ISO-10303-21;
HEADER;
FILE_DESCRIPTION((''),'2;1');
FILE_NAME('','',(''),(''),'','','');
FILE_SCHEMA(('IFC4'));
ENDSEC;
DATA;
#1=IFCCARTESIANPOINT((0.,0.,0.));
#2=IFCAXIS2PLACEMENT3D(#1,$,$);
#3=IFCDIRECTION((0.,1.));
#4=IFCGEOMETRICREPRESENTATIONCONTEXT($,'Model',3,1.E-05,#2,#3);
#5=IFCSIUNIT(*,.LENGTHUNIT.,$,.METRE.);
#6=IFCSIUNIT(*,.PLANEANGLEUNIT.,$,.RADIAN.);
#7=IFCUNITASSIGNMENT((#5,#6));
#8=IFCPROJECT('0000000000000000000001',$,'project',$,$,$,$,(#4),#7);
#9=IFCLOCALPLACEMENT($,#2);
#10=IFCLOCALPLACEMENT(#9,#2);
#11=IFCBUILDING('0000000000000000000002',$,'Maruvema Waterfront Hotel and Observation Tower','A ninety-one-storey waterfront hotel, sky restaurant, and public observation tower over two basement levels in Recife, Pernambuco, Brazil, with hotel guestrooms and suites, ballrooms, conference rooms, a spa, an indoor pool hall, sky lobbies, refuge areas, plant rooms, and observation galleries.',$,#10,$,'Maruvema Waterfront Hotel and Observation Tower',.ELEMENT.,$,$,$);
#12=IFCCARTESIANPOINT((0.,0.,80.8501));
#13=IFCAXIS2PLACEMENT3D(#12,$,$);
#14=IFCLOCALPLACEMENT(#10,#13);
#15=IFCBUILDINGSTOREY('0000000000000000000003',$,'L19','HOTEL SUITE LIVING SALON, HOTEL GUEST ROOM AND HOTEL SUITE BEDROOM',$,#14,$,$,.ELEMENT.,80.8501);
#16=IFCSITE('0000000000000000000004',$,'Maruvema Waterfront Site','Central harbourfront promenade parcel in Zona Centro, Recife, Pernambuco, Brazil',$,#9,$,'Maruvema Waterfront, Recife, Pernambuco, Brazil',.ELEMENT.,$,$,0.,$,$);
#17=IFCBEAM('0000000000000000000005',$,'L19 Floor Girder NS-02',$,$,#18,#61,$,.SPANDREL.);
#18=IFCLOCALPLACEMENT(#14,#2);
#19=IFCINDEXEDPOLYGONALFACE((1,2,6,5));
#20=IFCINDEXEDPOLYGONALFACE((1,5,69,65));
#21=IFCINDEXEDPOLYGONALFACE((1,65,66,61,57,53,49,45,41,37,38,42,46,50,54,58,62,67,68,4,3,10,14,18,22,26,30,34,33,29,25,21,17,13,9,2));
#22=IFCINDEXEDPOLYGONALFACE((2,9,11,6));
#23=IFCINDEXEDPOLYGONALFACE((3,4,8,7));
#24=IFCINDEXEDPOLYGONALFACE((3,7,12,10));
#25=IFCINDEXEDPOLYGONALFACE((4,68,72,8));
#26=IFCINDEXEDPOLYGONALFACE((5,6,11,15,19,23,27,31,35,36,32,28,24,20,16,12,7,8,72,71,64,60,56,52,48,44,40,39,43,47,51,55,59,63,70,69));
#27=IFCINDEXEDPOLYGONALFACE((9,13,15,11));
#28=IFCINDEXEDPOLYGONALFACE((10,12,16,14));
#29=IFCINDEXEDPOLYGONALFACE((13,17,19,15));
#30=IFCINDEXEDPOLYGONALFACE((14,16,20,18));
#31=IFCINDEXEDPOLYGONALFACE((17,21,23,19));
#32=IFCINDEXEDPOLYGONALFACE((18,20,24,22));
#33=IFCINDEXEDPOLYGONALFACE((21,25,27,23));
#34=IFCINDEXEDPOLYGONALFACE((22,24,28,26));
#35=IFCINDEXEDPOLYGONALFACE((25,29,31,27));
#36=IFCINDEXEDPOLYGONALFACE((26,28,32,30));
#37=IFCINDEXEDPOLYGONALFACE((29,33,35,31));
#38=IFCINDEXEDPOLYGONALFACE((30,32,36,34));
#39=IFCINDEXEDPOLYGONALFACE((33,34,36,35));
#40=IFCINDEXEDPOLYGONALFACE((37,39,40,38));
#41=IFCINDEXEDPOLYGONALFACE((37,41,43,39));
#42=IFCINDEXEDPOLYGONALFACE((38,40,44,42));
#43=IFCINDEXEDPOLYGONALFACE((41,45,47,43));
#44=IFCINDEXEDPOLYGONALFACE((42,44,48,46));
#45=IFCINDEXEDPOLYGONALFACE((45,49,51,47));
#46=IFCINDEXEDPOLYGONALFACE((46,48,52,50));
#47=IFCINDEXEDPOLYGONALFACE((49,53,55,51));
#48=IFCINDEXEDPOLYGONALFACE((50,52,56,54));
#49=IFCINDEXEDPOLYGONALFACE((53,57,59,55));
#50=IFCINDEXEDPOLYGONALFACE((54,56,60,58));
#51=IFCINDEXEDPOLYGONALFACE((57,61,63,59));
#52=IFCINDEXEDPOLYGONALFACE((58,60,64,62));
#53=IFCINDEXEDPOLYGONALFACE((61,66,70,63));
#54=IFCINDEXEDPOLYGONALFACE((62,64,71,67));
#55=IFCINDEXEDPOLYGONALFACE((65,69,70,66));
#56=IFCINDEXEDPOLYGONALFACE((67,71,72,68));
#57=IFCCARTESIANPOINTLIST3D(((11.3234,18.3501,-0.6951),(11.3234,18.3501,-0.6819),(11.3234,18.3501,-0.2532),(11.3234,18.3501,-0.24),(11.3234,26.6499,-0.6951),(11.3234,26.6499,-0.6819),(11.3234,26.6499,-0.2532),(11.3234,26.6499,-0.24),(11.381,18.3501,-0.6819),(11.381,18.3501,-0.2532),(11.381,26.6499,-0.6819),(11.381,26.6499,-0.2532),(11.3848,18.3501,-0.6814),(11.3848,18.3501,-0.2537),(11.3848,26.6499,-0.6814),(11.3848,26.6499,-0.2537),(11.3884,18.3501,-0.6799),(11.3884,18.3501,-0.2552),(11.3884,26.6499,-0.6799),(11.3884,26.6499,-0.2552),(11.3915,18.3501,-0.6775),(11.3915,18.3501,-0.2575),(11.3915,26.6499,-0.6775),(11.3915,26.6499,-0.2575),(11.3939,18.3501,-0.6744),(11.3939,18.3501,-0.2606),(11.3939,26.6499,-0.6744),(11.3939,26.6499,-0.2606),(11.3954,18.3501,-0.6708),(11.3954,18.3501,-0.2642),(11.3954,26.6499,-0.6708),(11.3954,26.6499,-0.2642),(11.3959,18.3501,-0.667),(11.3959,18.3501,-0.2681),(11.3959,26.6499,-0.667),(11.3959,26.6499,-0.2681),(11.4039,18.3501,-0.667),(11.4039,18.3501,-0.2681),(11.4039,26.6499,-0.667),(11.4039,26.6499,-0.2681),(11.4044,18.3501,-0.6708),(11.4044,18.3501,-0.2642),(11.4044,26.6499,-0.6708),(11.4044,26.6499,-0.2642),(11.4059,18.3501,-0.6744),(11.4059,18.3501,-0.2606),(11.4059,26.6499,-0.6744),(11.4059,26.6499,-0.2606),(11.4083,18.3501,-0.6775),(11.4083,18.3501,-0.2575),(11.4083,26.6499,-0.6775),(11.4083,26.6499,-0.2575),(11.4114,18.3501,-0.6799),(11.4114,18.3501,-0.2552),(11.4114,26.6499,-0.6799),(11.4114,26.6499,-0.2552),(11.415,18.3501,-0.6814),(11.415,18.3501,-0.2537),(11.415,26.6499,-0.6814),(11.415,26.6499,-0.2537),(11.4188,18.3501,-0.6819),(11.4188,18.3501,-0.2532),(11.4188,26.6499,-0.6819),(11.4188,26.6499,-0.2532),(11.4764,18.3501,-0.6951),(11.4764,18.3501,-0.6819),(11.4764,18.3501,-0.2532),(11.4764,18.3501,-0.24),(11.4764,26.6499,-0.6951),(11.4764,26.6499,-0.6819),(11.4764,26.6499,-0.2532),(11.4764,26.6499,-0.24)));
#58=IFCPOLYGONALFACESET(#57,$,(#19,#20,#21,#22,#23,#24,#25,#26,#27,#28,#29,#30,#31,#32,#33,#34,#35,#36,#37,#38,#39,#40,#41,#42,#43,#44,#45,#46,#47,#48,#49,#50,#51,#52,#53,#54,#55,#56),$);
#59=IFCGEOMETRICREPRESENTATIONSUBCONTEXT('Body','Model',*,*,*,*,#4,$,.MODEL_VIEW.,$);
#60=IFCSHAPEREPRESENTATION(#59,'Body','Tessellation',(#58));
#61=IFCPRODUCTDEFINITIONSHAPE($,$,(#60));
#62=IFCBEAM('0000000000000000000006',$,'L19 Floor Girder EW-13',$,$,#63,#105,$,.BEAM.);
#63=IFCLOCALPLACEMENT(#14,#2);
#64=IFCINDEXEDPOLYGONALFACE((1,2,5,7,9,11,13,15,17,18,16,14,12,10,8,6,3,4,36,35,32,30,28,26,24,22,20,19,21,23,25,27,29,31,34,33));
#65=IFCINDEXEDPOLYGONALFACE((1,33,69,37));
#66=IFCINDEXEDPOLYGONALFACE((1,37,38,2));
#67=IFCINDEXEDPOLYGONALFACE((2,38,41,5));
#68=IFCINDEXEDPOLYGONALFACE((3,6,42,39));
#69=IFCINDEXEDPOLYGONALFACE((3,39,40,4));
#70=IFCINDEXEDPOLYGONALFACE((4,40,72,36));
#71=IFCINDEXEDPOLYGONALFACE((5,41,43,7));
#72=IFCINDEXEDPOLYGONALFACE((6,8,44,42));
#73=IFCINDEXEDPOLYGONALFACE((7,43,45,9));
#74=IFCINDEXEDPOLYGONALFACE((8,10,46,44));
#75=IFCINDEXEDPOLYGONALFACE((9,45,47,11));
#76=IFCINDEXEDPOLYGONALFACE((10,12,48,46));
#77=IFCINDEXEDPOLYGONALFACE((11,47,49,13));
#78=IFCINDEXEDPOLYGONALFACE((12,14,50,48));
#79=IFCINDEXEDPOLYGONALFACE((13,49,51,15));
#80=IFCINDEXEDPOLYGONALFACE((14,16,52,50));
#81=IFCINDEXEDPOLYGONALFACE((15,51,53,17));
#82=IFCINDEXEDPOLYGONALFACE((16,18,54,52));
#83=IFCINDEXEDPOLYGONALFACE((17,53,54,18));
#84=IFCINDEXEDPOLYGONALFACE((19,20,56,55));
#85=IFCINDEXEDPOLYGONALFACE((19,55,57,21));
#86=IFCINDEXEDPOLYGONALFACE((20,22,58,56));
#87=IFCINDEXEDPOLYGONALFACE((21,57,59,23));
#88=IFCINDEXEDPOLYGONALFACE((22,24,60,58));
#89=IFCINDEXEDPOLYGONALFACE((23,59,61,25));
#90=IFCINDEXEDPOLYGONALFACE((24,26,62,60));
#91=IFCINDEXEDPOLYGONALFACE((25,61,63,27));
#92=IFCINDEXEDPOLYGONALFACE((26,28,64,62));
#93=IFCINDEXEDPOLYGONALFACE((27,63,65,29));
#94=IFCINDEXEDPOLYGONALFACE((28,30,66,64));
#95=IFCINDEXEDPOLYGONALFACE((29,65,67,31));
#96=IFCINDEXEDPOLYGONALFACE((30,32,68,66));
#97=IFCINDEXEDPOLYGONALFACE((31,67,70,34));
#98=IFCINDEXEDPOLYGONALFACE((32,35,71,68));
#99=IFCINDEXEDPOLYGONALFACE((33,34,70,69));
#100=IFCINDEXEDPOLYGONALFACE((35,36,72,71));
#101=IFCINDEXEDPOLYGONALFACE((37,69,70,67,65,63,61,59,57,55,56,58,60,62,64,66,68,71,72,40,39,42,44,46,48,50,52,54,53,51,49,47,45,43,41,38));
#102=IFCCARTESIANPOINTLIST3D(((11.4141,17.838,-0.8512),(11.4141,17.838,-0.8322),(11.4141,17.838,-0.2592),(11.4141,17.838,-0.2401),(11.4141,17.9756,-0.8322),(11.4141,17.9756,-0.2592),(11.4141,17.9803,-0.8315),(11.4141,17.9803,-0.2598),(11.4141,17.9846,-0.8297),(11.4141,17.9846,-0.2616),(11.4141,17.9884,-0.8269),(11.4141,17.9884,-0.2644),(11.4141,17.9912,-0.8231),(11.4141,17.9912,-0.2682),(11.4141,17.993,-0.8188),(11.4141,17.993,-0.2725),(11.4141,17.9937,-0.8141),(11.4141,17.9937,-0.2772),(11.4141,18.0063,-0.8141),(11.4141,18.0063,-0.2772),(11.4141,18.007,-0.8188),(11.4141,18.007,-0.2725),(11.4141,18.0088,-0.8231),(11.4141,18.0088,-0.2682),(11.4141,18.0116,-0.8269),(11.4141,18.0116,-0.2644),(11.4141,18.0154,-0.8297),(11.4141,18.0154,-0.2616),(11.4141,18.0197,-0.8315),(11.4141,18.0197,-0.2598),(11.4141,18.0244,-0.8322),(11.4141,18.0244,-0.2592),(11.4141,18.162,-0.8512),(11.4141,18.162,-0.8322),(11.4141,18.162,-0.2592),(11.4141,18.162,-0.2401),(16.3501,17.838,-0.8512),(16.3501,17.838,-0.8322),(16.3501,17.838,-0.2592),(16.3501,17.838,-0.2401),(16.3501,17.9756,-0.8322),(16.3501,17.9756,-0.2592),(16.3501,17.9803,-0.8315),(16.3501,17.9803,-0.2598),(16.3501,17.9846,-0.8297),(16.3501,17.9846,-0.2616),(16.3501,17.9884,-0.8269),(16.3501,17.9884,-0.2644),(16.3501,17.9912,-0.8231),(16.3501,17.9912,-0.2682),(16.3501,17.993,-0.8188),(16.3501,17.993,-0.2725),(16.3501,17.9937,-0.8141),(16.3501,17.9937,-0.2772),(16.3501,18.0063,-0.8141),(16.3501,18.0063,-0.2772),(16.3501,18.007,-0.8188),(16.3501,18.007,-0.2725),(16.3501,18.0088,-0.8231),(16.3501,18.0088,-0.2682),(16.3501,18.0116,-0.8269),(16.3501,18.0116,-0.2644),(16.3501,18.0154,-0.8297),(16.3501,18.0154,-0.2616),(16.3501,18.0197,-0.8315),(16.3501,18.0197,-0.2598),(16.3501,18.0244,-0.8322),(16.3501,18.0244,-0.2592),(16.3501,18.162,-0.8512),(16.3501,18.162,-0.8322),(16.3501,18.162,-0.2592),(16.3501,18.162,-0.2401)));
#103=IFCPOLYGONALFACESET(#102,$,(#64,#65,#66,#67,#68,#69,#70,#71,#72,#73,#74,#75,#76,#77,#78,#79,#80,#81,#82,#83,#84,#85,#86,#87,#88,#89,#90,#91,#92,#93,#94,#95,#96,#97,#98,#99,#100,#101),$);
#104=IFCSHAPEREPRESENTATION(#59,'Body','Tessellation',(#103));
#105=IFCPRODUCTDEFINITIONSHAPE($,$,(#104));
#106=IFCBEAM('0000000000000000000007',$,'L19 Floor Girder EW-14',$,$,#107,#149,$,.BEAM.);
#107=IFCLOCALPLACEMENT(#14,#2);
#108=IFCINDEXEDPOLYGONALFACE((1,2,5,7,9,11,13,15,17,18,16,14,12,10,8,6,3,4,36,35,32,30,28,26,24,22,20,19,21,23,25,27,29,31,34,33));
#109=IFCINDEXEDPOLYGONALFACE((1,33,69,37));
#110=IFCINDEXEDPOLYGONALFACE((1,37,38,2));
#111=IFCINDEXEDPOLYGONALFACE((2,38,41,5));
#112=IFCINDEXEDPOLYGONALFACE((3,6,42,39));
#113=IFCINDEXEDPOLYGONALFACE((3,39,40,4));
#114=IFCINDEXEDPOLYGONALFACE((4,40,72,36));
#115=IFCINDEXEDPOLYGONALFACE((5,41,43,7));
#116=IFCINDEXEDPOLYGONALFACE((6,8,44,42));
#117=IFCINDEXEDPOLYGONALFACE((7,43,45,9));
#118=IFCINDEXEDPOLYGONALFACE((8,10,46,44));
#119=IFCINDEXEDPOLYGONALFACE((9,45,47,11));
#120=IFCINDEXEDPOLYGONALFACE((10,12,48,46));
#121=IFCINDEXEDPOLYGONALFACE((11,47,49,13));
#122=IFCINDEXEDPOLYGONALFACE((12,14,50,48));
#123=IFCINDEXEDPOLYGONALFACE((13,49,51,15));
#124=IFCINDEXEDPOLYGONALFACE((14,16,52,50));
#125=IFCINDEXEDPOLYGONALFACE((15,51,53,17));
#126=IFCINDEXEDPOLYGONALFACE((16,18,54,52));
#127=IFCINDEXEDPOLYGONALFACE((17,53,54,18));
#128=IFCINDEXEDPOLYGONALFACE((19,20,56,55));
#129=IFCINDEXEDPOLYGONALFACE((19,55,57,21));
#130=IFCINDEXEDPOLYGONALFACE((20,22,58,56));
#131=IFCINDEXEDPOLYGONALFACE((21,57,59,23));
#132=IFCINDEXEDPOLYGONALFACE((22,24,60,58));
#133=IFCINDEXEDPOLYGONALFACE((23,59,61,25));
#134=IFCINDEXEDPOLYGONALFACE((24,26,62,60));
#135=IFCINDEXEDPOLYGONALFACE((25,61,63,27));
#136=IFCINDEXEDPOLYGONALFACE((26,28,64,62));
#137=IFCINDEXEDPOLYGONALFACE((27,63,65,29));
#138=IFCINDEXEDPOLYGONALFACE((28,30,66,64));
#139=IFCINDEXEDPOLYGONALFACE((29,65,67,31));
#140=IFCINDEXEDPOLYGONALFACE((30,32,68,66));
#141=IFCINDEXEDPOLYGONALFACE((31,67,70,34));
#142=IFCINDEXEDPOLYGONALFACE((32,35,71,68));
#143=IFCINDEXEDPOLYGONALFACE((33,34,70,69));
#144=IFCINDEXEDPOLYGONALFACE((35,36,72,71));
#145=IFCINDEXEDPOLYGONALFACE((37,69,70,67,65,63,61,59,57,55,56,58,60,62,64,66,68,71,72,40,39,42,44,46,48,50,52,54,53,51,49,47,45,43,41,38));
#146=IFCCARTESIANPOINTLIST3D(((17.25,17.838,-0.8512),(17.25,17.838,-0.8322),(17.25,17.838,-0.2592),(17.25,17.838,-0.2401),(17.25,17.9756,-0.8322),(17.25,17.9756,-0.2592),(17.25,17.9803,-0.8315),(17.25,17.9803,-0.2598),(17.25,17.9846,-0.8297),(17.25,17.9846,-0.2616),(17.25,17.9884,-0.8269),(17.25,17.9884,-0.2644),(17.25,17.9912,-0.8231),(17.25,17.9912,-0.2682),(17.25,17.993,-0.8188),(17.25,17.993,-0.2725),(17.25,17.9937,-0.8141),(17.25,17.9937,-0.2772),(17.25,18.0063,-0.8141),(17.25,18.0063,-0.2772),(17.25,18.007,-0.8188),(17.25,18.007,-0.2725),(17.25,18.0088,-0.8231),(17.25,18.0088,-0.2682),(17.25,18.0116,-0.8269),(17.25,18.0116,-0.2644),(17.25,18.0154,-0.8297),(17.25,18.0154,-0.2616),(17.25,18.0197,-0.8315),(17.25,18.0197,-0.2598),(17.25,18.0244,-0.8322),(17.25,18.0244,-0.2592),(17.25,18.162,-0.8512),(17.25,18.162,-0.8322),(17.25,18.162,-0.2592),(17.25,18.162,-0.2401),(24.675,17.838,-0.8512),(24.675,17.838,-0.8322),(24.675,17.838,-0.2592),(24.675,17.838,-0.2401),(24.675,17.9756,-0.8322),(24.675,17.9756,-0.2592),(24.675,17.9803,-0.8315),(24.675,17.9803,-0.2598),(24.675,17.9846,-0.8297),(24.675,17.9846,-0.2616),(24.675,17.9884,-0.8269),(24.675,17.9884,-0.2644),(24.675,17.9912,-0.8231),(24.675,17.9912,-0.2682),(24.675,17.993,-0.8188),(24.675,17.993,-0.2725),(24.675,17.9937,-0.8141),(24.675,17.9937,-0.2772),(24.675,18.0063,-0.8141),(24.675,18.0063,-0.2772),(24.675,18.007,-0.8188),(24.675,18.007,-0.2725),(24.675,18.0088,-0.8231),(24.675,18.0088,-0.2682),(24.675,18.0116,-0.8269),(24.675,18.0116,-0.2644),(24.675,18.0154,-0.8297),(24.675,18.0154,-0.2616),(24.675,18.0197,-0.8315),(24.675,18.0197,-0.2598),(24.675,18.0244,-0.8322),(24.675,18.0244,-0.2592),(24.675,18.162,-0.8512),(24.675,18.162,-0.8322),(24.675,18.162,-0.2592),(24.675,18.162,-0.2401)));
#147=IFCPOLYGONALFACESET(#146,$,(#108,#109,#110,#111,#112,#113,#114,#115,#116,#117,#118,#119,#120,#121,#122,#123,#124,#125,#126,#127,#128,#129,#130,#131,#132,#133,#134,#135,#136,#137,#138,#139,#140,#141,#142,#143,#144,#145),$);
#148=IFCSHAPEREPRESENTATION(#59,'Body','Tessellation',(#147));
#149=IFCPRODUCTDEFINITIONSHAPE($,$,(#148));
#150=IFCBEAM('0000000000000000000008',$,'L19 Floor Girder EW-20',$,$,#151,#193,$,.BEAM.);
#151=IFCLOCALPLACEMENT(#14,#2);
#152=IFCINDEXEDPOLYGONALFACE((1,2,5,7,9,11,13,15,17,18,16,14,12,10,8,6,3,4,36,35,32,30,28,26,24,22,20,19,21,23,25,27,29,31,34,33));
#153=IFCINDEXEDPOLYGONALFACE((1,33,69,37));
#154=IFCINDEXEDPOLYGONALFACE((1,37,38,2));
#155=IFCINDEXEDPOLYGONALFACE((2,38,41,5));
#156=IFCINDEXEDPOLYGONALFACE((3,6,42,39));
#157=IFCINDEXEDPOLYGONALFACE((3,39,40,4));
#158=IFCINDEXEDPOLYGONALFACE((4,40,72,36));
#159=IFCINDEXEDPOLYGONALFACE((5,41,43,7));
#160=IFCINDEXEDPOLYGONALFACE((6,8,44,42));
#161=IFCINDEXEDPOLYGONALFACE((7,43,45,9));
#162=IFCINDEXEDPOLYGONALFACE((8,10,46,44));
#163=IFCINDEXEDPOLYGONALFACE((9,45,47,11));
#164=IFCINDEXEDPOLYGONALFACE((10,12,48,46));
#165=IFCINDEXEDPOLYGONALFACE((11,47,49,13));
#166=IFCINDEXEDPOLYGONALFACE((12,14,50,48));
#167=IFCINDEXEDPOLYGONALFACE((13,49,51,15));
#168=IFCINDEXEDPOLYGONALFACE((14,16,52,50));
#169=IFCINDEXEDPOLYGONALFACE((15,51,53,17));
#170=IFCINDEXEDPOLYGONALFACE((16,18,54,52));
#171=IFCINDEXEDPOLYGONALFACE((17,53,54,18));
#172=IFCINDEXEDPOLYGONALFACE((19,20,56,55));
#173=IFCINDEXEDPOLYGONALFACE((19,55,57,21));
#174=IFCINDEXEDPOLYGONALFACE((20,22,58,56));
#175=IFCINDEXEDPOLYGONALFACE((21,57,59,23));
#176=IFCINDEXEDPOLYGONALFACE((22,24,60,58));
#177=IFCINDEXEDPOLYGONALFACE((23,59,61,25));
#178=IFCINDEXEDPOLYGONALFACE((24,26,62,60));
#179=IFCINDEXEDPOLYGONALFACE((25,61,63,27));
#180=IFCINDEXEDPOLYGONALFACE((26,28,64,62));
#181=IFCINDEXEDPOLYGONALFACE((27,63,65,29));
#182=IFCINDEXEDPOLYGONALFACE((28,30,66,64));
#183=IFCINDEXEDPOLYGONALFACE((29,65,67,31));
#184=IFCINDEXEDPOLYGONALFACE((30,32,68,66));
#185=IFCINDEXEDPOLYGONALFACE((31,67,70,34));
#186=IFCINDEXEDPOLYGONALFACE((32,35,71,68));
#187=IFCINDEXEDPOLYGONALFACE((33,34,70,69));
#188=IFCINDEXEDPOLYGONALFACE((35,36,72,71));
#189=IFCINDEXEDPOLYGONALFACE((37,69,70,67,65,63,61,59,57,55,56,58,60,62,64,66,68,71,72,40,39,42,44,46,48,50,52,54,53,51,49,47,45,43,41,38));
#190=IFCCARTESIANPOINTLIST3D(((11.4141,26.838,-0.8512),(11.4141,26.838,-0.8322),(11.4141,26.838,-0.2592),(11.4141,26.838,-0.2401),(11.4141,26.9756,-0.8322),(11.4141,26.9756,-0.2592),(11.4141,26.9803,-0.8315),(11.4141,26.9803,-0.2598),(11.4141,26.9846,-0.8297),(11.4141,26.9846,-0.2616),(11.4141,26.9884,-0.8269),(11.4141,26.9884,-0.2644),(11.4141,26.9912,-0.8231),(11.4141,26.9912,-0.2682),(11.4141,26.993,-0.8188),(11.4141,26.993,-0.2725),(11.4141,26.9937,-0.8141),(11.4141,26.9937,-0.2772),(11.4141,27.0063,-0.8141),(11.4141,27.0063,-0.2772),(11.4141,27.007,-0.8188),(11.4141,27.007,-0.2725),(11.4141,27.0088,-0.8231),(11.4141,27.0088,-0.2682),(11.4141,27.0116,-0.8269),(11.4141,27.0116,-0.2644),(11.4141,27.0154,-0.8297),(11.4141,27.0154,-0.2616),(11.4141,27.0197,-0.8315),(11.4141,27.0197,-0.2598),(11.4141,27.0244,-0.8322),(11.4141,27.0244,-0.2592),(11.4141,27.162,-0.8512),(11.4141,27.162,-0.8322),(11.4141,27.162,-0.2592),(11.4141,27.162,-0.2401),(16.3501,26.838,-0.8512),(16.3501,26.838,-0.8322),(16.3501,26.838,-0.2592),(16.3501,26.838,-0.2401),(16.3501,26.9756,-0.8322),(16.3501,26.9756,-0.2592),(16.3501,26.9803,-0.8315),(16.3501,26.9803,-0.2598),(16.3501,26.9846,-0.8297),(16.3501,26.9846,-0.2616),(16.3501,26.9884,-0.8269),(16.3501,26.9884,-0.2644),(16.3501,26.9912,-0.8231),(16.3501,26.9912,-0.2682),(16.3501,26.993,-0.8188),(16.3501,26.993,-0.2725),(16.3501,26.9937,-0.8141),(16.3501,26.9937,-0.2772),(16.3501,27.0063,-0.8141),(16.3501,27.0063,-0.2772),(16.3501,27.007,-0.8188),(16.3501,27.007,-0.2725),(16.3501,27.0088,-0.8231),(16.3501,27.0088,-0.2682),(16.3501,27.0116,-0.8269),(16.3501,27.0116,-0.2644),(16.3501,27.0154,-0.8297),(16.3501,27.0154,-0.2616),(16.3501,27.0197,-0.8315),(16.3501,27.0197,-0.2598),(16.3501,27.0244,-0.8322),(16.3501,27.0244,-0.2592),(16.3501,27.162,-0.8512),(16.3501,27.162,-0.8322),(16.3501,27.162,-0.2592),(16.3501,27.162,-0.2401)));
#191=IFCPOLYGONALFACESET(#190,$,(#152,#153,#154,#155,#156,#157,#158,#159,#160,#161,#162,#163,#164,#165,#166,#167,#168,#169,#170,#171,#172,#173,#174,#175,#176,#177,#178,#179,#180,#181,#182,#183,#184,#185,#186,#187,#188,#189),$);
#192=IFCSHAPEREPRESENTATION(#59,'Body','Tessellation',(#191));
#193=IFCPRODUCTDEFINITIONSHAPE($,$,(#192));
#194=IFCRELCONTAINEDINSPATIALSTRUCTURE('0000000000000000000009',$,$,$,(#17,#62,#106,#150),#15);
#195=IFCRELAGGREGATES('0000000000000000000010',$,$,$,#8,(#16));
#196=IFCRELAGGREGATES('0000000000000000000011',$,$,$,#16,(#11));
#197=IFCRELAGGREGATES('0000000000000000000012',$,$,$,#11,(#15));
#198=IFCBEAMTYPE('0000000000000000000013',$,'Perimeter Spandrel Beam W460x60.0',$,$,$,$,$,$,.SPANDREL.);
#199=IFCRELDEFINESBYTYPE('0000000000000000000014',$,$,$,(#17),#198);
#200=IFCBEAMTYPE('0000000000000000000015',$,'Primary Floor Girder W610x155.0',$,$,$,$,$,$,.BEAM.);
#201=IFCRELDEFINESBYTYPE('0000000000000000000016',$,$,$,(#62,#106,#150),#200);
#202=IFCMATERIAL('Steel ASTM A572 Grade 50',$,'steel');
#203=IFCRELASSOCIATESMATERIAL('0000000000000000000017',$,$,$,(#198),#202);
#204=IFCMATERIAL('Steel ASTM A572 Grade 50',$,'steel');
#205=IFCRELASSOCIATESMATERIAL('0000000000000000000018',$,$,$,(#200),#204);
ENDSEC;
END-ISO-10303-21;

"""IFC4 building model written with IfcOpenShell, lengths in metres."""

from ifc_helpers import new_model, si_unit, direction, frame, origin, origin_2d, place, context, subcontext, project, spatial, i_section, extrude, material, material_profile, profile_set, type_object, element, save


model = new_model("IFC4")

# Units and contexts
model_context = context("Model", 3, precision=1e-05, world=origin(), true_north=direction((0.0, 1.0)))
body_context = subcontext(model_context, "Body", "Model", "MODEL_VIEW")
ifc_project = project(units=[si_unit("LENGTHUNIT", "METRE"), si_unit("PLANEANGLEUNIT", "RADIAN")], contexts=[model_context])

# Site, building, storey
site_placement = place(None, origin())
site = spatial("IfcSite", under=ifc_project, at=site_placement, Name="Maruvema Waterfront Site", Description="Central harbourfront promenade parcel in Zona Centro, Recife, Pernambuco, Brazil", LongName="Maruvema Waterfront, Recife, Pernambuco, Brazil", CompositionType="ELEMENT", RefElevation=0.0)
building_placement = place(site_placement, origin())
building = spatial("IfcBuilding", under=site, at=building_placement, Name="Maruvema Waterfront Hotel and Observation Tower", Description="A ninety-one-storey waterfront hotel, sky restaurant, and public observation tower over two basement levels in Recife, Pernambuco, Brazil, with hotel guestrooms and suites, ballrooms, conference rooms, a spa, an indoor pool hall, sky lobbies, refuge areas, plant rooms, and observation galleries.", LongName="Maruvema Waterfront Hotel and Observation Tower", CompositionType="ELEMENT")
storey_placement = place(building_placement, frame((0.0, 0.0, 80.8501)))
storey = spatial("IfcBuildingStorey", under=building, at=storey_placement, Name="L19", Description="HOTEL SUITE LIVING SALON, HOTEL GUEST ROOM AND HOTEL SUITE BEDROOM", CompositionType="ELEMENT", Elevation=80.8501)

# Beams
ifc_material_1 = material(Name="Steel ASTM A572 Grade 50", Category="steel")
ifc_material_profile_1 = material_profile(ifc_material_1, i_section(OverallWidth=0.1531, OverallDepth=0.4551, WebThickness=0.0081, FlangeThickness=0.0132, FilletRadius=0.0149, at=origin_2d()), Name="W460x60.0")
ifc_profile_set_1 = profile_set([ifc_material_profile_1], Name="Steel ASTM A572 Grade 50")
beam_type_1 = type_object("IfcBeamType", Name="Perimeter Spandrel Beam W460x60.0", PredefinedType="SPANDREL", material=ifc_profile_set_1)
beam_1_placement = place(storey_placement, frame((11.3999, 18.3501, -0.4675), z_axis=(0.0, 1.0, 0.0), x_axis=(-1.0, 0.0, 0.0)))
element("IfcBeam", 1, at=beam_1_placement, inside=storey, type_object=beam_type_1, Name="L19 Floor Girder NS-02", PredefinedType="SPANDREL", context=body_context, shape_type="SweptSolid", body=[
    extrude(i_section(OverallWidth=0.1531, OverallDepth=0.4551, WebThickness=0.0081, FlangeThickness=0.0132, FilletRadius=0.0149, at=origin_2d()), origin(), (0.0, 0.0, 1.0), 8.2998),
])
ifc_material_2 = material(Name="Steel ASTM A572 Grade 50", Category="steel")
ifc_material_profile_2 = material_profile(ifc_material_2, i_section(OverallWidth=0.324, OverallDepth=0.6111, WebThickness=0.0127, FlangeThickness=0.019, FilletRadius=0.0181, at=origin_2d()), Name="W610x155.0")
ifc_profile_set_2 = profile_set([ifc_material_profile_2], Name="Steel ASTM A572 Grade 50")
beam_type_2 = type_object("IfcBeamType", Name="Primary Floor Girder W610x155.0", PredefinedType="BEAM", material=ifc_profile_set_2)
beam_2_placement = place(storey_placement, frame((11.4141, 18.0, -0.5457), z_axis=(1.0, 0.0, 0.0), x_axis=(0.0, 1.0, 0.0)))
element("IfcBeam", 2, at=beam_2_placement, inside=storey, type_object=beam_type_2, Name="L19 Floor Girder EW-13", PredefinedType="BEAM", context=body_context, shape_type="SweptSolid", body=[
    extrude(i_section(OverallWidth=0.324, OverallDepth=0.6111, WebThickness=0.0127, FlangeThickness=0.019, FilletRadius=0.0181, at=origin_2d()), origin(), (0.0, 0.0, 1.0), 4.936),
])
beam_3_placement = place(storey_placement, frame((17.25, 18.0, -0.5457), z_axis=(1.0, 0.0, 0.0), x_axis=(0.0, 1.0, 0.0)))
element("IfcBeam", 3, at=beam_3_placement, inside=storey, type_object=beam_type_2, Name="L19 Floor Girder EW-14", PredefinedType="BEAM", context=body_context, shape_type="SweptSolid", body=[
    extrude(i_section(OverallWidth=0.324, OverallDepth=0.6111, WebThickness=0.0127, FlangeThickness=0.019, FilletRadius=0.0181, at=origin_2d()), origin(), (0.0, 0.0, 1.0), 7.425),
])
beam_4_placement = place(storey_placement, frame((11.4141, 27.0, -0.5457), z_axis=(1.0, 0.0, 0.0), x_axis=(0.0, 1.0, 0.0)))
element("IfcBeam", 4, at=beam_4_placement, inside=storey, type_object=beam_type_2, Name="L19 Floor Girder EW-20", PredefinedType="BEAM", context=body_context, shape_type="SweptSolid", body=[
    extrude(i_section(OverallWidth=0.324, OverallDepth=0.6111, WebThickness=0.0127, FlangeThickness=0.019, FilletRadius=0.0181, at=origin_2d()), origin(), (0.0, 0.0, 1.0), 4.936),
])

save(model, "model.ifc")
